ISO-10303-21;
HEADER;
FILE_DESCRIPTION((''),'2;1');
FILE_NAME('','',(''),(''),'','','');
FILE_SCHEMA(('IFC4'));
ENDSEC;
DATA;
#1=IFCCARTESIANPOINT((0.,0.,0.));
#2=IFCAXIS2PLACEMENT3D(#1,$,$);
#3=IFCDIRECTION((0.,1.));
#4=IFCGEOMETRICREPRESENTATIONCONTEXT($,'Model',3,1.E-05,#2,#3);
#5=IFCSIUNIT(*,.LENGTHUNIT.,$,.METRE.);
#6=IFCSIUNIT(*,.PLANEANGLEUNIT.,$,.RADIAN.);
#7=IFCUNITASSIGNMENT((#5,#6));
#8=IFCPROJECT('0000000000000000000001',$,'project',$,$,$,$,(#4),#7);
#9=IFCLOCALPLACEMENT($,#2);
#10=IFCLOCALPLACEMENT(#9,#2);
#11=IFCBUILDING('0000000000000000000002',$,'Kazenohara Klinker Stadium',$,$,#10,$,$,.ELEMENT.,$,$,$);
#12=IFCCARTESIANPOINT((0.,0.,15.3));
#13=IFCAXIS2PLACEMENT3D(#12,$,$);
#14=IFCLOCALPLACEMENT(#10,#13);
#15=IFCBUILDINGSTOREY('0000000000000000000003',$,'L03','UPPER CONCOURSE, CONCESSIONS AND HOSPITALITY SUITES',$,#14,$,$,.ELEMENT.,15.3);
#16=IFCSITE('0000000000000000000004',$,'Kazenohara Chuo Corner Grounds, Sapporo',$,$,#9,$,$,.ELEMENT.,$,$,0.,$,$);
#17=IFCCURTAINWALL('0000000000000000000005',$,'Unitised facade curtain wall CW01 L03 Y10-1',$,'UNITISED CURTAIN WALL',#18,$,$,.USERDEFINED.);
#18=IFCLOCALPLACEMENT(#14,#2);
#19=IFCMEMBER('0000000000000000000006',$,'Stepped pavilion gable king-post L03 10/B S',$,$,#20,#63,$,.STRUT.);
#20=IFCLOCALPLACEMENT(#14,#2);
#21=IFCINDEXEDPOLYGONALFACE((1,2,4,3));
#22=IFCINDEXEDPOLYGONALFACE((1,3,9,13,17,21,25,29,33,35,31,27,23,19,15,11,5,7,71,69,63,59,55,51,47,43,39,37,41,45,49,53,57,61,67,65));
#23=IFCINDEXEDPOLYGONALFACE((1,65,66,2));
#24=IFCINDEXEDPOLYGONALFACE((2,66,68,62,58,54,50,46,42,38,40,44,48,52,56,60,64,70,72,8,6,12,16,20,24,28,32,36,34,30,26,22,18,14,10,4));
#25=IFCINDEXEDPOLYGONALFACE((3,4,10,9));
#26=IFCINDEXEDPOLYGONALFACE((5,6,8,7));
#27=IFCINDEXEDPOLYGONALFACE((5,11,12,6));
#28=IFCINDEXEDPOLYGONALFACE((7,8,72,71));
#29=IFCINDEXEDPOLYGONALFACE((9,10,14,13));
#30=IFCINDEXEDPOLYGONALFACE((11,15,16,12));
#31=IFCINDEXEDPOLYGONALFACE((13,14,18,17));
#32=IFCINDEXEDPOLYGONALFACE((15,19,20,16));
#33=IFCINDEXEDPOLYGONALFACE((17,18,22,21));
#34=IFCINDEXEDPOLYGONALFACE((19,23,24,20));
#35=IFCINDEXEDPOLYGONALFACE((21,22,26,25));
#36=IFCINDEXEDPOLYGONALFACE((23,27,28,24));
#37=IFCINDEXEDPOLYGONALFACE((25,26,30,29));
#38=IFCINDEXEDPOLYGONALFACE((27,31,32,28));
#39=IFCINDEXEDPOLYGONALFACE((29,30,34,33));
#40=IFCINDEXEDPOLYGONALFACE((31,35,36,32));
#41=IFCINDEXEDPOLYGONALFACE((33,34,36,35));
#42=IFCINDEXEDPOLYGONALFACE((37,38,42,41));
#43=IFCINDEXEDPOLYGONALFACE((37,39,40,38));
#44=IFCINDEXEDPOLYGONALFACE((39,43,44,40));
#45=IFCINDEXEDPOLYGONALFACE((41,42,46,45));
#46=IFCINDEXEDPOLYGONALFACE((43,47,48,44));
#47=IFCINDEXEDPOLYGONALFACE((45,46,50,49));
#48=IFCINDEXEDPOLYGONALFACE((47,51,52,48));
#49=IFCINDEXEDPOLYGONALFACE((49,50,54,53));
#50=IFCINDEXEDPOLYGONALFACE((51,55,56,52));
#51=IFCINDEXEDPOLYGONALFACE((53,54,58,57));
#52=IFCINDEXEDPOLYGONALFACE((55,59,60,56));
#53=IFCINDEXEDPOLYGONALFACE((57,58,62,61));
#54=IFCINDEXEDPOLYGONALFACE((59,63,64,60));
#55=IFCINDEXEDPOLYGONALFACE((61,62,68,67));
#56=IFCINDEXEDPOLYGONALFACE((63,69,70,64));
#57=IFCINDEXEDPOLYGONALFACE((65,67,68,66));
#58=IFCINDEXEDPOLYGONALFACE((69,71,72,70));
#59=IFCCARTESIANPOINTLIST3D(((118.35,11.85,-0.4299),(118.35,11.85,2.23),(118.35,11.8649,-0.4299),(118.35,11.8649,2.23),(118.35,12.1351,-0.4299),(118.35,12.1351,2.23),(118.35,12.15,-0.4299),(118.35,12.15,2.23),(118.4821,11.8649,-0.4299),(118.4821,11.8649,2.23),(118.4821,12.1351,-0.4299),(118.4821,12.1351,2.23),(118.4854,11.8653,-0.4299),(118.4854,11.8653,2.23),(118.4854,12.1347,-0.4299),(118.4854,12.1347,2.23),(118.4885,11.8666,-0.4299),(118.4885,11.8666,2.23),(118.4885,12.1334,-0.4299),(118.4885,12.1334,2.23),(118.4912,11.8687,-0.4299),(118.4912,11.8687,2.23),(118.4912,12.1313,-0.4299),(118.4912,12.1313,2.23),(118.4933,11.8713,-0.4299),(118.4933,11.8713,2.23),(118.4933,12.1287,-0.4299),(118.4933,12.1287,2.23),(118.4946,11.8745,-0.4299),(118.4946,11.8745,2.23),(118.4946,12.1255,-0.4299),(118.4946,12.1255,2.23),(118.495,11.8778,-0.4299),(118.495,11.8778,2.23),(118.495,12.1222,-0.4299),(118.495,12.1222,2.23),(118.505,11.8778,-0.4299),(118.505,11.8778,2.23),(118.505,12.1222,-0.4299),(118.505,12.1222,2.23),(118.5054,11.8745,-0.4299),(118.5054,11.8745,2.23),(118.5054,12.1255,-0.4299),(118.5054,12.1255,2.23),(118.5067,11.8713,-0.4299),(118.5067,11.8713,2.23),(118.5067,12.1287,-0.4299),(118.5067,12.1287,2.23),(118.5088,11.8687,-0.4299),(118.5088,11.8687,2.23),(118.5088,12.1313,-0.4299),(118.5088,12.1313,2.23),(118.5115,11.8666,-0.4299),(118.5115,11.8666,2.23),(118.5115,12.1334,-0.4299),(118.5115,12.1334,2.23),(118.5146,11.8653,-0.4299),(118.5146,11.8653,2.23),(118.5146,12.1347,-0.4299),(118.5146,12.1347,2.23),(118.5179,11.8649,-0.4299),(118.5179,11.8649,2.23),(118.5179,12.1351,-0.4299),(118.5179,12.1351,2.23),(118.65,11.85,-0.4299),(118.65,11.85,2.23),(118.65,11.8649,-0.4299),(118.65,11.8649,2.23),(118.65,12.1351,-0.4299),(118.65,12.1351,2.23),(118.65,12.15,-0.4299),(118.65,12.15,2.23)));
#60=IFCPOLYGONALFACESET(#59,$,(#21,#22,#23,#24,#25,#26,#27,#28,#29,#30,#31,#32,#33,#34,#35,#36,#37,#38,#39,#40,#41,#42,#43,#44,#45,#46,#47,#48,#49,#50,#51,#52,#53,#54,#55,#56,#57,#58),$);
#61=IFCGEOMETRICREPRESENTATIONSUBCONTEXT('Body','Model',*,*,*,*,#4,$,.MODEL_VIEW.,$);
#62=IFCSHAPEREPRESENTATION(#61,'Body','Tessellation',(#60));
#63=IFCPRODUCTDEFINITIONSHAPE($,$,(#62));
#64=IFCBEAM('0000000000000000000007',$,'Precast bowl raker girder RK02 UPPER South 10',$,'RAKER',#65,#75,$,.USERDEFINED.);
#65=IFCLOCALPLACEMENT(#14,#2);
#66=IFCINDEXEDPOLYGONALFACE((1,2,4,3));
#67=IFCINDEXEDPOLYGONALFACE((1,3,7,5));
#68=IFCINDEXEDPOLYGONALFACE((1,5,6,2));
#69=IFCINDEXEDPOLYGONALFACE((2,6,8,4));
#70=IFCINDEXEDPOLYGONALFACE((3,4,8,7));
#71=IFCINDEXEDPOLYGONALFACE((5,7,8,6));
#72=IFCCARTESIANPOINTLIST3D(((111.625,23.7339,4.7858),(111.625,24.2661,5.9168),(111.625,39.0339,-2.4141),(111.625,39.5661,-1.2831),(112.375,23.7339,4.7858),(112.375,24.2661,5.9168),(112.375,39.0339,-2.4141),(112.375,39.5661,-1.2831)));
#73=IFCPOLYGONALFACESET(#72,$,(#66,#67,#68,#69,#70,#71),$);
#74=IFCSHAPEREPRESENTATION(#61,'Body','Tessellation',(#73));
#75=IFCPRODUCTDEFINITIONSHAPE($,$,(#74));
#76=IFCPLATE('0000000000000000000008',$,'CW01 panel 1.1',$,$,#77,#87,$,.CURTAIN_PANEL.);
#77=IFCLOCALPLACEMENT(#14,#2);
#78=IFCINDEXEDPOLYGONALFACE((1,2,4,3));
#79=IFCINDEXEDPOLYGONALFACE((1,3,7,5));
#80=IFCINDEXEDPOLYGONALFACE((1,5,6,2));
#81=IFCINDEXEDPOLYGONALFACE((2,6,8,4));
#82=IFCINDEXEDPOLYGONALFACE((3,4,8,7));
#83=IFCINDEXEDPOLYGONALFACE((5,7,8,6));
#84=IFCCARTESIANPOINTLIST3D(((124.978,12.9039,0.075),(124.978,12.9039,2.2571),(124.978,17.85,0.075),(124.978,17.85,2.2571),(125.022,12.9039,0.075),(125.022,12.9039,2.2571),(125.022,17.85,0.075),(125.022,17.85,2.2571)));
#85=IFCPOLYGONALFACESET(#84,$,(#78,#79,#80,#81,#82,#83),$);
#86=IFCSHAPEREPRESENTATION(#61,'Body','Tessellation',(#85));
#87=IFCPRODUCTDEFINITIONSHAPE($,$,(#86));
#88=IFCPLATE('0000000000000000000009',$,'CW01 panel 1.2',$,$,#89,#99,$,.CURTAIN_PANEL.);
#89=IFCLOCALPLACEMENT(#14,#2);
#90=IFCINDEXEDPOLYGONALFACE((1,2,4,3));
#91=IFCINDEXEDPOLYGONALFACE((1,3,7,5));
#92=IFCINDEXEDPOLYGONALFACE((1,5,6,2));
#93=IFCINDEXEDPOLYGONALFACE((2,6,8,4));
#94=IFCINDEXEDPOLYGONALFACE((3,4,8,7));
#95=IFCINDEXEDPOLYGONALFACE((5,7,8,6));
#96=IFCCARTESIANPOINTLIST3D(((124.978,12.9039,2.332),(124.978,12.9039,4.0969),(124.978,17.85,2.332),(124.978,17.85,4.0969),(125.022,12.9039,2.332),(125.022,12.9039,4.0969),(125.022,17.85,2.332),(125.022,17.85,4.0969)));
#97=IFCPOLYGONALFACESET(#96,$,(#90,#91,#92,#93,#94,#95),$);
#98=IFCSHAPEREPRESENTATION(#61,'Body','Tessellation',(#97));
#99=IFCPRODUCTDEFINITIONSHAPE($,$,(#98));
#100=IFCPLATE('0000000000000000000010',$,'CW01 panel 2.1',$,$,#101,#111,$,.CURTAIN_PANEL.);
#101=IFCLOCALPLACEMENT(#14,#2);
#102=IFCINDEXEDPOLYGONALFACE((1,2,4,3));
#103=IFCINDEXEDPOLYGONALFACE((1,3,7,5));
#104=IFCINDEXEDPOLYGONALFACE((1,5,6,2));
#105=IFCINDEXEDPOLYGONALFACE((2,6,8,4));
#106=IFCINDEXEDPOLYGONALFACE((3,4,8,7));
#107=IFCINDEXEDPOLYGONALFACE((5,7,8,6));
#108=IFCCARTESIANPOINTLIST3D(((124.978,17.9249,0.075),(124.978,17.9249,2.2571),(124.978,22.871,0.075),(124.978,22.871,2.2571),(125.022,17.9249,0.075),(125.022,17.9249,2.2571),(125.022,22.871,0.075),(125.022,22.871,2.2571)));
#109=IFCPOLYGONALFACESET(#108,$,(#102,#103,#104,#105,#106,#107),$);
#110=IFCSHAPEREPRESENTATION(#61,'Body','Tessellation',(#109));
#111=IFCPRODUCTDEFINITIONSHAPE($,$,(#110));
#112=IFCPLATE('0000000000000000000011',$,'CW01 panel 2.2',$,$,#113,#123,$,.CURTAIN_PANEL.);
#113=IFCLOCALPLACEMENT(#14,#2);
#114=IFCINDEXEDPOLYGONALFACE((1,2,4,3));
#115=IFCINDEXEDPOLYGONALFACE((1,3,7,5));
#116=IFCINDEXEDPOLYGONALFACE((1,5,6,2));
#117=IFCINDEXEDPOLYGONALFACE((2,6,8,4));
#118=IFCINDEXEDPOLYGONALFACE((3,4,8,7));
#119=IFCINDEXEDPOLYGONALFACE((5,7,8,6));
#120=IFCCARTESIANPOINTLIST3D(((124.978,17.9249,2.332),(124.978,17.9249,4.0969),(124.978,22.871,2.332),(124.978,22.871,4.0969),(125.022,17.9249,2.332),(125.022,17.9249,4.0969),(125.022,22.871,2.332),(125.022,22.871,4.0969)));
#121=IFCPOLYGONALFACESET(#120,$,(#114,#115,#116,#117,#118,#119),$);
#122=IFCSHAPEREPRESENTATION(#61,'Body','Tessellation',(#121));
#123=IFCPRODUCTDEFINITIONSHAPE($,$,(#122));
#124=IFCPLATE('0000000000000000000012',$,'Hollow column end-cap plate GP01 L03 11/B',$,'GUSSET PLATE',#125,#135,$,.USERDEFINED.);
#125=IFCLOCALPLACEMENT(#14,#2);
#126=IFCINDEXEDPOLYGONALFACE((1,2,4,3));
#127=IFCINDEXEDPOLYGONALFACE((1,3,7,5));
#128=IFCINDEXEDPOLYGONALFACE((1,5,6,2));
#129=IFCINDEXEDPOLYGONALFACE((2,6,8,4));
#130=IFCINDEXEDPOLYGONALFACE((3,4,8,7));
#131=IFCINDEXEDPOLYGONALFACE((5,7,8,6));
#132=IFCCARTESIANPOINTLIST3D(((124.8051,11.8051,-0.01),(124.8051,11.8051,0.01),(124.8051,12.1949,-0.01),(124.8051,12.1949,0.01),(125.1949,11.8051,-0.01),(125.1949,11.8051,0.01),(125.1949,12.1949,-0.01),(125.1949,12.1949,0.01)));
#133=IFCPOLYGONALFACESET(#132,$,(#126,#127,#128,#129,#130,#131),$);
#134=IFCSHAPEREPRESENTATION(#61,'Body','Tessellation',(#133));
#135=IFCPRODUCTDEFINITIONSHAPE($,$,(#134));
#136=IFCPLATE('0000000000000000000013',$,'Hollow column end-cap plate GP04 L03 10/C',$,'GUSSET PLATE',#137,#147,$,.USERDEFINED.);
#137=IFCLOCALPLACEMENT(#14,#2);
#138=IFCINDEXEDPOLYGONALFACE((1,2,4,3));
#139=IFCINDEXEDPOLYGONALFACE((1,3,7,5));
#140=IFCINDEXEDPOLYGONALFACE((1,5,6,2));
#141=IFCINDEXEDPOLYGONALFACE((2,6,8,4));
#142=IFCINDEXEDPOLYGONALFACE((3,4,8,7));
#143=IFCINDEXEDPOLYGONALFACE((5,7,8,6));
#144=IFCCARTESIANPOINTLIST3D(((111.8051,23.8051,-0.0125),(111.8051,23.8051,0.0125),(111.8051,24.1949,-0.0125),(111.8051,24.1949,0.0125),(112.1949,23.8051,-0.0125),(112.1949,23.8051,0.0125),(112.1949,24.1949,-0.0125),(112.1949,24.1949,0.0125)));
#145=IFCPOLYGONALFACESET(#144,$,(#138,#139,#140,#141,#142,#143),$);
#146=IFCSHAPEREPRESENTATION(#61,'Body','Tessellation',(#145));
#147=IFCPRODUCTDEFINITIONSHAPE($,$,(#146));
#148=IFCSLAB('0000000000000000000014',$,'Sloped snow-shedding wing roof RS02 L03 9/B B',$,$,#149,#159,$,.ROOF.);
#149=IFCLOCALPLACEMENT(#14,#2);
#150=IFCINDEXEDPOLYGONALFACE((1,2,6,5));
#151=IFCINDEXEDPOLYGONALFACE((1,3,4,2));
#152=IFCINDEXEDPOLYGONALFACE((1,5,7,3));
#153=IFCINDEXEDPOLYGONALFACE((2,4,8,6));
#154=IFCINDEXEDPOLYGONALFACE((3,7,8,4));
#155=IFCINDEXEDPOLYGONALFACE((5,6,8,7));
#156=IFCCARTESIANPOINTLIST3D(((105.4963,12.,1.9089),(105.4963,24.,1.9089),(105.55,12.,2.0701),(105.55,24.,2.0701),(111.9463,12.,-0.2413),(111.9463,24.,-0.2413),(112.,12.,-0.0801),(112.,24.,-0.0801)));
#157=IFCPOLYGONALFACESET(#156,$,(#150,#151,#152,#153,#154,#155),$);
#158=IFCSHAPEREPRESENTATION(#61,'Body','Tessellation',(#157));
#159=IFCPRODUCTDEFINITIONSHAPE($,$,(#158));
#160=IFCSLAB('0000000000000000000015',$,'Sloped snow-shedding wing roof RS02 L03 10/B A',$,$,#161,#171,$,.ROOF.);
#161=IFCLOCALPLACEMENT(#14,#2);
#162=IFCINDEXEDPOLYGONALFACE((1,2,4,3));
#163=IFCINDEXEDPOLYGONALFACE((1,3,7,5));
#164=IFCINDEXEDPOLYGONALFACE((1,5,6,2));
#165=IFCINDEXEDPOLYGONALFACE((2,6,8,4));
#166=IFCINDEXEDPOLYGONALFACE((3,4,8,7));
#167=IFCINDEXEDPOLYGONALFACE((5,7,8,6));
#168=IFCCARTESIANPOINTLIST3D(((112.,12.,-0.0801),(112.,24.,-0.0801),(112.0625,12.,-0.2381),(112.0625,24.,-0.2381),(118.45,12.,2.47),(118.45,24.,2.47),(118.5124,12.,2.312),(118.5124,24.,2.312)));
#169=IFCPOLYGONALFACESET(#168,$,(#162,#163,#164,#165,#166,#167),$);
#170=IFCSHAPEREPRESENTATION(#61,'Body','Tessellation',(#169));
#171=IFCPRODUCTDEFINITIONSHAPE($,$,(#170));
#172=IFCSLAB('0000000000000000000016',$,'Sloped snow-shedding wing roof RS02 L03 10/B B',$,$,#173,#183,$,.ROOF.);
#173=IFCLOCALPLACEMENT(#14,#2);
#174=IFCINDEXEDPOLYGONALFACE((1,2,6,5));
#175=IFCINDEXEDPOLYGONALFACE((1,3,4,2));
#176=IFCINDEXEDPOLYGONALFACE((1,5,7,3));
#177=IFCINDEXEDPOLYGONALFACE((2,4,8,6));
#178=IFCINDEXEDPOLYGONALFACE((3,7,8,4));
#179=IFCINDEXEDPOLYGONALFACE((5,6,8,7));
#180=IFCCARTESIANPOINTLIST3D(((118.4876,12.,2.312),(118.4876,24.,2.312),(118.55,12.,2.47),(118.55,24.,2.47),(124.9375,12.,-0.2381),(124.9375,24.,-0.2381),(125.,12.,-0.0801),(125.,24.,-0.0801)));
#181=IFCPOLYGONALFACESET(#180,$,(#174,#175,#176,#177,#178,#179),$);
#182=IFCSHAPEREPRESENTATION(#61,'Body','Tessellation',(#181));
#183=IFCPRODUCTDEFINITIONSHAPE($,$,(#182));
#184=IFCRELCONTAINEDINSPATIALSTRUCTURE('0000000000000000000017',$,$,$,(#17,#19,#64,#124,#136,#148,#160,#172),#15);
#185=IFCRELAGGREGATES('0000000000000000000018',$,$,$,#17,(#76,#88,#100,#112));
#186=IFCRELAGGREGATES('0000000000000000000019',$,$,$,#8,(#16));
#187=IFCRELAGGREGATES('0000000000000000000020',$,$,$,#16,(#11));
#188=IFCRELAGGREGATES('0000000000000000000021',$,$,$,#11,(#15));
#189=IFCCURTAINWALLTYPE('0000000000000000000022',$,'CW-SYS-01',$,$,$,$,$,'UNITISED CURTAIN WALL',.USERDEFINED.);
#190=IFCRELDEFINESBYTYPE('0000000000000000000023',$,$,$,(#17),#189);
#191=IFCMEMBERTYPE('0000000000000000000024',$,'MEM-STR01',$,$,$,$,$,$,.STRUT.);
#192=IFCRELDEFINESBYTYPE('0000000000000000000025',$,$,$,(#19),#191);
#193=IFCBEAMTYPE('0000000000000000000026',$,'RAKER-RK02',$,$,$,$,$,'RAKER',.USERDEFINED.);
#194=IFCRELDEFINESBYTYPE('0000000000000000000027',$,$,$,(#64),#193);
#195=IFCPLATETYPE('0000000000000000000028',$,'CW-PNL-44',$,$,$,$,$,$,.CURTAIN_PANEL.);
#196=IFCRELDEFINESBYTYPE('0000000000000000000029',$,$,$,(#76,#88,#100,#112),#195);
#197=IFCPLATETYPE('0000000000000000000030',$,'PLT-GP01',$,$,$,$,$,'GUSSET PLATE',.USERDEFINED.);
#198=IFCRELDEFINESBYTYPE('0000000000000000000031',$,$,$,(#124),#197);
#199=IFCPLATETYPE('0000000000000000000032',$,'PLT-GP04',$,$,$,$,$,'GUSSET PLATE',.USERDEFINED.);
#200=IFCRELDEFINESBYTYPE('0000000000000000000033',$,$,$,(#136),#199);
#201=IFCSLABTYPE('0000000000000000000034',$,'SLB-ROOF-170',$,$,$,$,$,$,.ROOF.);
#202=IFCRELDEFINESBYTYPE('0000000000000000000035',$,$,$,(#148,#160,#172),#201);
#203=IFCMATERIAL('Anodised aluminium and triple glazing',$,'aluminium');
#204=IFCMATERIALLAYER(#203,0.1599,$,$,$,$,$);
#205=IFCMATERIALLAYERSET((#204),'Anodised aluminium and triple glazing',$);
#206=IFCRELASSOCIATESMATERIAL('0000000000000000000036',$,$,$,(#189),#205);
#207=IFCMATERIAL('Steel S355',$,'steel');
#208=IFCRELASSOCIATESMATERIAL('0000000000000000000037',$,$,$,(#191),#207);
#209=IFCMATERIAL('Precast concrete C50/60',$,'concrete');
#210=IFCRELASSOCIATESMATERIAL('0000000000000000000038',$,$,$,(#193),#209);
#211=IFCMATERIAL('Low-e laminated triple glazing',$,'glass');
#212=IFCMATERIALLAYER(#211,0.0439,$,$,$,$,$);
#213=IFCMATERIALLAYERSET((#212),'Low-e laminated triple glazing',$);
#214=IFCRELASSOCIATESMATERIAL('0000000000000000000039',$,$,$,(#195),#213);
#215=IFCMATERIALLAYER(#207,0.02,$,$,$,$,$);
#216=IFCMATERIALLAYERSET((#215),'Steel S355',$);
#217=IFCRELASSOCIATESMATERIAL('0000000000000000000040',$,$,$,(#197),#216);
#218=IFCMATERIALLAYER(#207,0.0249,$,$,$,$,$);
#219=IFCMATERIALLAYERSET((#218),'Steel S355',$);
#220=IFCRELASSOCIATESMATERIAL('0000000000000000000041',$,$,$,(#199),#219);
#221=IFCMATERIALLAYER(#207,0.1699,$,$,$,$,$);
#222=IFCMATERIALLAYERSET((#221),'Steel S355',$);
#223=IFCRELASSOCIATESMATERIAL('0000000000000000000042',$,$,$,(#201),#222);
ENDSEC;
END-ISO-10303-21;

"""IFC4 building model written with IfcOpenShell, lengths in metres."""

from ifc_helpers import new_model, si_unit, direction, frame, origin, origin_2d, place, context, subcontext, project, spatial, polyline, rectangle, i_section, outline, extrude, material, layer, layer_set, material_profile, profile_set, type_object, element, aggregate, save


model = new_model("IFC4")

# Units and contexts
model_context = context("Model", 3, precision=1e-05, world=origin(), true_north=direction((0.0, 1.0)))
body_context = subcontext(model_context, "Body", "Model", "MODEL_VIEW")
ifc_project = project(units=[si_unit("LENGTHUNIT", "METRE"), si_unit("PLANEANGLEUNIT", "RADIAN")], contexts=[model_context])

# Site, building, storey
site_placement = place(None, origin())
site = spatial("IfcSite", under=ifc_project, at=site_placement, Name="Kazenohara Chuo Corner Grounds, Sapporo", CompositionType="ELEMENT", RefElevation=0.0)
building_placement = place(site_placement, origin())
building = spatial("IfcBuilding", under=site, at=building_placement, Name="Kazenohara Klinker Stadium", CompositionType="ELEMENT")
storey_placement = place(building_placement, frame((0.0, 0.0, 15.3)))
storey = spatial("IfcBuildingStorey", under=building, at=storey_placement, Name="L03", Description="UPPER CONCOURSE, CONCESSIONS AND HOSPITALITY SUITES", CompositionType="ELEMENT", Elevation=15.3)

# Shared definitions
ifc_material_1 = material(Name="Steel S355", Category="steel")

# Curtain wall
ifc_material_2 = material(Name="Anodised aluminium and triple glazing", Category="aluminium")
ifc_layer_1 = layer(ifc_material_2, 0.1599)
ifc_layer_set_1 = layer_set([ifc_layer_1], Name="Anodised aluminium and triple glazing")
curtain_wall_type = type_object("IfcCurtainWallType", Name="CW-SYS-01", ElementType="UNITISED CURTAIN WALL", PredefinedType="USERDEFINED", material=ifc_layer_set_1)
curtain_wall_placement = place(storey_placement, origin())
curtain_wall = element("IfcCurtainWall", 1, at=curtain_wall_placement, inside=storey, type_object=curtain_wall_type, Name="Unitised facade curtain wall CW01 L03 Y10-1", ObjectType="UNITISED CURTAIN WALL", PredefinedType="USERDEFINED")

# Member
ifc_material_profile_1 = material_profile(ifc_material_1, i_section(OverallWidth=0.3, OverallDepth=0.3, WebThickness=0.01, FlangeThickness=0.0149, FilletRadius=0.0129, at=origin_2d()), Name="H-300x300x10x15")
ifc_profile_set_1 = profile_set([ifc_material_profile_1], Name="Steel S355")
member_type_1 = type_object("IfcMemberType", Name="MEM-STR01", PredefinedType="STRUT", material=ifc_profile_set_1)
member_1_placement = place(storey_placement, frame((118.5, 12.0, -0.4299), z_axis=(0.0, 0.0, 1.0), x_axis=(1.0, 0.0, 0.0)))
element("IfcMember", 2, at=member_1_placement, inside=storey, type_object=member_type_1, Name="Stepped pavilion gable king-post L03 10/B S", PredefinedType="STRUT", context=body_context, shape_type="SweptSolid", body=[
    extrude(i_section(OverallWidth=0.3, OverallDepth=0.3, WebThickness=0.01, FlangeThickness=0.0149, FilletRadius=0.0129, at=origin_2d()), origin(), (0.0, 0.0, 1.0), 2.6599),
])

# Beam
ifc_material_3 = material(Name="Precast concrete C50/60", Category="concrete")
ifc_material_profile_2 = material_profile(ifc_material_3, rectangle(XDim=0.75, YDim=1.25, at=origin_2d()), Name="PC-RAKER-750x1250")
ifc_profile_set_2 = profile_set([ifc_material_profile_2], Name="Precast concrete C50/60")
beam_type_1 = type_object("IfcBeamType", Name="RAKER-RK02", ElementType="RAKER", PredefinedType="USERDEFINED", material=ifc_profile_set_2)
beam_1_placement = place(storey_placement, frame((112.0, 24.0, 5.3513), z_axis=(0.0, 0.90482, -0.425794), x_axis=(-1.0, 0.0, 0.0)))
element("IfcBeam", 3, at=beam_1_placement, inside=storey, type_object=beam_type_1, Name="Precast bowl raker girder RK02 UPPER South 10", ObjectType="RAKER", PredefinedType="USERDEFINED", context=body_context, shape_type="SweptSolid", body=[
    extrude(rectangle(XDim=0.75, YDim=1.25, at=origin_2d()), origin(), (0.0, 0.0, 1.0), 16.9094),
])

# Plates
ifc_material_4 = material(Name="Low-e laminated triple glazing", Category="glass")
ifc_layer_2 = layer(ifc_material_4, 0.0439)
ifc_layer_set_2 = layer_set([ifc_layer_2], Name="Low-e laminated triple glazing")
plate_type_1 = type_object("IfcPlateType", Name="CW-PNL-44", PredefinedType="CURTAIN_PANEL", material=ifc_layer_set_2)
plate_1_placement = place(storey_placement, frame((125.0, 15.377, 0.075), z_axis=(0.0, 0.0, 1.0), x_axis=(0.0, 1.0, 0.0)))
plate_1 = element("IfcPlate", 4, at=plate_1_placement, type_object=plate_type_1, Name="CW01 panel 1.1", PredefinedType="CURTAIN_PANEL", context=body_context, shape_type="SweptSolid", body=[
    extrude(rectangle(XDim=4.946, YDim=0.0439, at=origin_2d()), origin(), (0.0, 0.0, 1.0), 2.1821),
])
plate_2_placement = place(storey_placement, frame((125.0, 15.377, 2.332), z_axis=(0.0, 0.0, 1.0), x_axis=(0.0, 1.0, 0.0)))
plate_2 = element("IfcPlate", 5, at=plate_2_placement, type_object=plate_type_1, Name="CW01 panel 1.2", PredefinedType="CURTAIN_PANEL", context=body_context, shape_type="SweptSolid", body=[
    extrude(rectangle(XDim=4.946, YDim=0.0439, at=origin_2d()), origin(), (0.0, 0.0, 1.0), 1.7649),
])
plate_3_placement = place(storey_placement, frame((125.0, 20.3979, 0.075), z_axis=(0.0, 0.0, 1.0), x_axis=(0.0, 1.0, 0.0)))
plate_3 = element("IfcPlate", 6, at=plate_3_placement, type_object=plate_type_1, Name="CW01 panel 2.1", PredefinedType="CURTAIN_PANEL", context=body_context, shape_type="SweptSolid", body=[
    extrude(rectangle(XDim=4.946, YDim=0.0439, at=origin_2d()), origin(), (0.0, 0.0, 1.0), 2.1821),
])
plate_4_placement = place(storey_placement, frame((125.0, 20.3979, 2.332), z_axis=(0.0, 0.0, 1.0), x_axis=(0.0, 1.0, 0.0)))
plate_4 = element("IfcPlate", 7, at=plate_4_placement, type_object=plate_type_1, Name="CW01 panel 2.2", PredefinedType="CURTAIN_PANEL", context=body_context, shape_type="SweptSolid", body=[
    extrude(rectangle(XDim=4.946, YDim=0.0439, at=origin_2d()), origin(), (0.0, 0.0, 1.0), 1.7649),
])
aggregate(curtain_wall, [plate_1, plate_2, plate_3, plate_4])

# Plates
ifc_layer_3 = layer(ifc_material_1, 0.02)
ifc_layer_set_3 = layer_set([ifc_layer_3], Name="Steel S355")
plate_type_2 = type_object("IfcPlateType", Name="PLT-GP01", ElementType="GUSSET PLATE", PredefinedType="USERDEFINED", material=ifc_layer_set_3)
plate_5_placement = place(storey_placement, frame((125.0, 12.0, -0.01), z_axis=(0.0, 0.0, 1.0), x_axis=(1.0, 0.0, 0.0)))
element("IfcPlate", 8, at=plate_5_placement, inside=storey, type_object=plate_type_2, Name="Hollow column end-cap plate GP01 L03 11/B", ObjectType="GUSSET PLATE", PredefinedType="USERDEFINED", context=body_context, shape_type="SweptSolid", body=[
    extrude(rectangle(XDim=0.3899, YDim=0.3899, at=origin_2d()), origin(), (0.0, 0.0, 1.0), 0.02),
])
ifc_layer_4 = layer(ifc_material_1, 0.0249)
ifc_layer_set_4 = layer_set([ifc_layer_4], Name="Steel S355")
plate_type_3 = type_object("IfcPlateType", Name="PLT-GP04", ElementType="GUSSET PLATE", PredefinedType="USERDEFINED", material=ifc_layer_set_4)
plate_6_placement = place(storey_placement, frame((112.0, 24.0, -0.0125), z_axis=(0.0, 0.0, 1.0), x_axis=(1.0, 0.0, 0.0)))
element("IfcPlate", 9, at=plate_6_placement, inside=storey, type_object=plate_type_3, Name="Hollow column end-cap plate GP04 L03 10/C", ObjectType="GUSSET PLATE", PredefinedType="USERDEFINED", context=body_context, shape_type="SweptSolid", body=[
    extrude(rectangle(XDim=0.3899, YDim=0.3899, at=origin_2d()), origin(), (0.0, 0.0, 1.0), 0.0249),
])

# Slabs
ifc_layer_5 = layer(ifc_material_1, 0.1699)
ifc_layer_set_5 = layer_set([ifc_layer_5], Name="Steel S355")
slab_type = type_object("IfcSlabType", Name="SLB-ROOF-170", PredefinedType="ROOF", material=ifc_layer_set_5)
slab_placement = place(storey_placement, frame((105.55, 12.0, 2.0701), z_axis=(0.316249, 0.0, 0.948676), x_axis=(0.948676, 0.0, -0.316249)))
element("IfcSlab", 10, at=slab_placement, inside=storey, type_object=slab_type, Name="Sloped snow-shedding wing roof RS02 L03 9/B B", PredefinedType="ROOF", context=body_context, shape_type="SweptSolid", body=[
    extrude(outline(polyline([(0.0, 0.0), (6.7989, 0.0), (6.7989, 12.0), (0.0, 12.0), (0.0, 0.0)])), origin(), (0.0, 0.0, -1.0), 0.1699),
])
for number, where, z_axis, x_axis, name in (
    (11, (112.0, 12.0, -0.0801), (-0.367667, 0.0, 0.929957), (0.929957, 0.0, 0.367667), "Sloped snow-shedding wing roof RS02 L03 10/B A"),
    (12, (118.55, 12.0, 2.47), (0.367667, 0.0, 0.929957), (0.929957, 0.0, -0.367667), "Sloped snow-shedding wing roof RS02 L03 10/B B"),
):
    element("IfcSlab", number, at=place(storey_placement, frame(where, z_axis=z_axis, x_axis=x_axis)), inside=storey, type_object=slab_type, Name=name, PredefinedType="ROOF", context=body_context, shape_type="SweptSolid", body=[
        extrude(outline(polyline([(0.0, 0.0), (6.9357, 0.0), (6.9357, 12.0), (0.0, 12.0), (0.0, 0.0)])), origin(), (0.0, 0.0, -1.0), 0.1699),
    ])

save(model, "model.ifc")
